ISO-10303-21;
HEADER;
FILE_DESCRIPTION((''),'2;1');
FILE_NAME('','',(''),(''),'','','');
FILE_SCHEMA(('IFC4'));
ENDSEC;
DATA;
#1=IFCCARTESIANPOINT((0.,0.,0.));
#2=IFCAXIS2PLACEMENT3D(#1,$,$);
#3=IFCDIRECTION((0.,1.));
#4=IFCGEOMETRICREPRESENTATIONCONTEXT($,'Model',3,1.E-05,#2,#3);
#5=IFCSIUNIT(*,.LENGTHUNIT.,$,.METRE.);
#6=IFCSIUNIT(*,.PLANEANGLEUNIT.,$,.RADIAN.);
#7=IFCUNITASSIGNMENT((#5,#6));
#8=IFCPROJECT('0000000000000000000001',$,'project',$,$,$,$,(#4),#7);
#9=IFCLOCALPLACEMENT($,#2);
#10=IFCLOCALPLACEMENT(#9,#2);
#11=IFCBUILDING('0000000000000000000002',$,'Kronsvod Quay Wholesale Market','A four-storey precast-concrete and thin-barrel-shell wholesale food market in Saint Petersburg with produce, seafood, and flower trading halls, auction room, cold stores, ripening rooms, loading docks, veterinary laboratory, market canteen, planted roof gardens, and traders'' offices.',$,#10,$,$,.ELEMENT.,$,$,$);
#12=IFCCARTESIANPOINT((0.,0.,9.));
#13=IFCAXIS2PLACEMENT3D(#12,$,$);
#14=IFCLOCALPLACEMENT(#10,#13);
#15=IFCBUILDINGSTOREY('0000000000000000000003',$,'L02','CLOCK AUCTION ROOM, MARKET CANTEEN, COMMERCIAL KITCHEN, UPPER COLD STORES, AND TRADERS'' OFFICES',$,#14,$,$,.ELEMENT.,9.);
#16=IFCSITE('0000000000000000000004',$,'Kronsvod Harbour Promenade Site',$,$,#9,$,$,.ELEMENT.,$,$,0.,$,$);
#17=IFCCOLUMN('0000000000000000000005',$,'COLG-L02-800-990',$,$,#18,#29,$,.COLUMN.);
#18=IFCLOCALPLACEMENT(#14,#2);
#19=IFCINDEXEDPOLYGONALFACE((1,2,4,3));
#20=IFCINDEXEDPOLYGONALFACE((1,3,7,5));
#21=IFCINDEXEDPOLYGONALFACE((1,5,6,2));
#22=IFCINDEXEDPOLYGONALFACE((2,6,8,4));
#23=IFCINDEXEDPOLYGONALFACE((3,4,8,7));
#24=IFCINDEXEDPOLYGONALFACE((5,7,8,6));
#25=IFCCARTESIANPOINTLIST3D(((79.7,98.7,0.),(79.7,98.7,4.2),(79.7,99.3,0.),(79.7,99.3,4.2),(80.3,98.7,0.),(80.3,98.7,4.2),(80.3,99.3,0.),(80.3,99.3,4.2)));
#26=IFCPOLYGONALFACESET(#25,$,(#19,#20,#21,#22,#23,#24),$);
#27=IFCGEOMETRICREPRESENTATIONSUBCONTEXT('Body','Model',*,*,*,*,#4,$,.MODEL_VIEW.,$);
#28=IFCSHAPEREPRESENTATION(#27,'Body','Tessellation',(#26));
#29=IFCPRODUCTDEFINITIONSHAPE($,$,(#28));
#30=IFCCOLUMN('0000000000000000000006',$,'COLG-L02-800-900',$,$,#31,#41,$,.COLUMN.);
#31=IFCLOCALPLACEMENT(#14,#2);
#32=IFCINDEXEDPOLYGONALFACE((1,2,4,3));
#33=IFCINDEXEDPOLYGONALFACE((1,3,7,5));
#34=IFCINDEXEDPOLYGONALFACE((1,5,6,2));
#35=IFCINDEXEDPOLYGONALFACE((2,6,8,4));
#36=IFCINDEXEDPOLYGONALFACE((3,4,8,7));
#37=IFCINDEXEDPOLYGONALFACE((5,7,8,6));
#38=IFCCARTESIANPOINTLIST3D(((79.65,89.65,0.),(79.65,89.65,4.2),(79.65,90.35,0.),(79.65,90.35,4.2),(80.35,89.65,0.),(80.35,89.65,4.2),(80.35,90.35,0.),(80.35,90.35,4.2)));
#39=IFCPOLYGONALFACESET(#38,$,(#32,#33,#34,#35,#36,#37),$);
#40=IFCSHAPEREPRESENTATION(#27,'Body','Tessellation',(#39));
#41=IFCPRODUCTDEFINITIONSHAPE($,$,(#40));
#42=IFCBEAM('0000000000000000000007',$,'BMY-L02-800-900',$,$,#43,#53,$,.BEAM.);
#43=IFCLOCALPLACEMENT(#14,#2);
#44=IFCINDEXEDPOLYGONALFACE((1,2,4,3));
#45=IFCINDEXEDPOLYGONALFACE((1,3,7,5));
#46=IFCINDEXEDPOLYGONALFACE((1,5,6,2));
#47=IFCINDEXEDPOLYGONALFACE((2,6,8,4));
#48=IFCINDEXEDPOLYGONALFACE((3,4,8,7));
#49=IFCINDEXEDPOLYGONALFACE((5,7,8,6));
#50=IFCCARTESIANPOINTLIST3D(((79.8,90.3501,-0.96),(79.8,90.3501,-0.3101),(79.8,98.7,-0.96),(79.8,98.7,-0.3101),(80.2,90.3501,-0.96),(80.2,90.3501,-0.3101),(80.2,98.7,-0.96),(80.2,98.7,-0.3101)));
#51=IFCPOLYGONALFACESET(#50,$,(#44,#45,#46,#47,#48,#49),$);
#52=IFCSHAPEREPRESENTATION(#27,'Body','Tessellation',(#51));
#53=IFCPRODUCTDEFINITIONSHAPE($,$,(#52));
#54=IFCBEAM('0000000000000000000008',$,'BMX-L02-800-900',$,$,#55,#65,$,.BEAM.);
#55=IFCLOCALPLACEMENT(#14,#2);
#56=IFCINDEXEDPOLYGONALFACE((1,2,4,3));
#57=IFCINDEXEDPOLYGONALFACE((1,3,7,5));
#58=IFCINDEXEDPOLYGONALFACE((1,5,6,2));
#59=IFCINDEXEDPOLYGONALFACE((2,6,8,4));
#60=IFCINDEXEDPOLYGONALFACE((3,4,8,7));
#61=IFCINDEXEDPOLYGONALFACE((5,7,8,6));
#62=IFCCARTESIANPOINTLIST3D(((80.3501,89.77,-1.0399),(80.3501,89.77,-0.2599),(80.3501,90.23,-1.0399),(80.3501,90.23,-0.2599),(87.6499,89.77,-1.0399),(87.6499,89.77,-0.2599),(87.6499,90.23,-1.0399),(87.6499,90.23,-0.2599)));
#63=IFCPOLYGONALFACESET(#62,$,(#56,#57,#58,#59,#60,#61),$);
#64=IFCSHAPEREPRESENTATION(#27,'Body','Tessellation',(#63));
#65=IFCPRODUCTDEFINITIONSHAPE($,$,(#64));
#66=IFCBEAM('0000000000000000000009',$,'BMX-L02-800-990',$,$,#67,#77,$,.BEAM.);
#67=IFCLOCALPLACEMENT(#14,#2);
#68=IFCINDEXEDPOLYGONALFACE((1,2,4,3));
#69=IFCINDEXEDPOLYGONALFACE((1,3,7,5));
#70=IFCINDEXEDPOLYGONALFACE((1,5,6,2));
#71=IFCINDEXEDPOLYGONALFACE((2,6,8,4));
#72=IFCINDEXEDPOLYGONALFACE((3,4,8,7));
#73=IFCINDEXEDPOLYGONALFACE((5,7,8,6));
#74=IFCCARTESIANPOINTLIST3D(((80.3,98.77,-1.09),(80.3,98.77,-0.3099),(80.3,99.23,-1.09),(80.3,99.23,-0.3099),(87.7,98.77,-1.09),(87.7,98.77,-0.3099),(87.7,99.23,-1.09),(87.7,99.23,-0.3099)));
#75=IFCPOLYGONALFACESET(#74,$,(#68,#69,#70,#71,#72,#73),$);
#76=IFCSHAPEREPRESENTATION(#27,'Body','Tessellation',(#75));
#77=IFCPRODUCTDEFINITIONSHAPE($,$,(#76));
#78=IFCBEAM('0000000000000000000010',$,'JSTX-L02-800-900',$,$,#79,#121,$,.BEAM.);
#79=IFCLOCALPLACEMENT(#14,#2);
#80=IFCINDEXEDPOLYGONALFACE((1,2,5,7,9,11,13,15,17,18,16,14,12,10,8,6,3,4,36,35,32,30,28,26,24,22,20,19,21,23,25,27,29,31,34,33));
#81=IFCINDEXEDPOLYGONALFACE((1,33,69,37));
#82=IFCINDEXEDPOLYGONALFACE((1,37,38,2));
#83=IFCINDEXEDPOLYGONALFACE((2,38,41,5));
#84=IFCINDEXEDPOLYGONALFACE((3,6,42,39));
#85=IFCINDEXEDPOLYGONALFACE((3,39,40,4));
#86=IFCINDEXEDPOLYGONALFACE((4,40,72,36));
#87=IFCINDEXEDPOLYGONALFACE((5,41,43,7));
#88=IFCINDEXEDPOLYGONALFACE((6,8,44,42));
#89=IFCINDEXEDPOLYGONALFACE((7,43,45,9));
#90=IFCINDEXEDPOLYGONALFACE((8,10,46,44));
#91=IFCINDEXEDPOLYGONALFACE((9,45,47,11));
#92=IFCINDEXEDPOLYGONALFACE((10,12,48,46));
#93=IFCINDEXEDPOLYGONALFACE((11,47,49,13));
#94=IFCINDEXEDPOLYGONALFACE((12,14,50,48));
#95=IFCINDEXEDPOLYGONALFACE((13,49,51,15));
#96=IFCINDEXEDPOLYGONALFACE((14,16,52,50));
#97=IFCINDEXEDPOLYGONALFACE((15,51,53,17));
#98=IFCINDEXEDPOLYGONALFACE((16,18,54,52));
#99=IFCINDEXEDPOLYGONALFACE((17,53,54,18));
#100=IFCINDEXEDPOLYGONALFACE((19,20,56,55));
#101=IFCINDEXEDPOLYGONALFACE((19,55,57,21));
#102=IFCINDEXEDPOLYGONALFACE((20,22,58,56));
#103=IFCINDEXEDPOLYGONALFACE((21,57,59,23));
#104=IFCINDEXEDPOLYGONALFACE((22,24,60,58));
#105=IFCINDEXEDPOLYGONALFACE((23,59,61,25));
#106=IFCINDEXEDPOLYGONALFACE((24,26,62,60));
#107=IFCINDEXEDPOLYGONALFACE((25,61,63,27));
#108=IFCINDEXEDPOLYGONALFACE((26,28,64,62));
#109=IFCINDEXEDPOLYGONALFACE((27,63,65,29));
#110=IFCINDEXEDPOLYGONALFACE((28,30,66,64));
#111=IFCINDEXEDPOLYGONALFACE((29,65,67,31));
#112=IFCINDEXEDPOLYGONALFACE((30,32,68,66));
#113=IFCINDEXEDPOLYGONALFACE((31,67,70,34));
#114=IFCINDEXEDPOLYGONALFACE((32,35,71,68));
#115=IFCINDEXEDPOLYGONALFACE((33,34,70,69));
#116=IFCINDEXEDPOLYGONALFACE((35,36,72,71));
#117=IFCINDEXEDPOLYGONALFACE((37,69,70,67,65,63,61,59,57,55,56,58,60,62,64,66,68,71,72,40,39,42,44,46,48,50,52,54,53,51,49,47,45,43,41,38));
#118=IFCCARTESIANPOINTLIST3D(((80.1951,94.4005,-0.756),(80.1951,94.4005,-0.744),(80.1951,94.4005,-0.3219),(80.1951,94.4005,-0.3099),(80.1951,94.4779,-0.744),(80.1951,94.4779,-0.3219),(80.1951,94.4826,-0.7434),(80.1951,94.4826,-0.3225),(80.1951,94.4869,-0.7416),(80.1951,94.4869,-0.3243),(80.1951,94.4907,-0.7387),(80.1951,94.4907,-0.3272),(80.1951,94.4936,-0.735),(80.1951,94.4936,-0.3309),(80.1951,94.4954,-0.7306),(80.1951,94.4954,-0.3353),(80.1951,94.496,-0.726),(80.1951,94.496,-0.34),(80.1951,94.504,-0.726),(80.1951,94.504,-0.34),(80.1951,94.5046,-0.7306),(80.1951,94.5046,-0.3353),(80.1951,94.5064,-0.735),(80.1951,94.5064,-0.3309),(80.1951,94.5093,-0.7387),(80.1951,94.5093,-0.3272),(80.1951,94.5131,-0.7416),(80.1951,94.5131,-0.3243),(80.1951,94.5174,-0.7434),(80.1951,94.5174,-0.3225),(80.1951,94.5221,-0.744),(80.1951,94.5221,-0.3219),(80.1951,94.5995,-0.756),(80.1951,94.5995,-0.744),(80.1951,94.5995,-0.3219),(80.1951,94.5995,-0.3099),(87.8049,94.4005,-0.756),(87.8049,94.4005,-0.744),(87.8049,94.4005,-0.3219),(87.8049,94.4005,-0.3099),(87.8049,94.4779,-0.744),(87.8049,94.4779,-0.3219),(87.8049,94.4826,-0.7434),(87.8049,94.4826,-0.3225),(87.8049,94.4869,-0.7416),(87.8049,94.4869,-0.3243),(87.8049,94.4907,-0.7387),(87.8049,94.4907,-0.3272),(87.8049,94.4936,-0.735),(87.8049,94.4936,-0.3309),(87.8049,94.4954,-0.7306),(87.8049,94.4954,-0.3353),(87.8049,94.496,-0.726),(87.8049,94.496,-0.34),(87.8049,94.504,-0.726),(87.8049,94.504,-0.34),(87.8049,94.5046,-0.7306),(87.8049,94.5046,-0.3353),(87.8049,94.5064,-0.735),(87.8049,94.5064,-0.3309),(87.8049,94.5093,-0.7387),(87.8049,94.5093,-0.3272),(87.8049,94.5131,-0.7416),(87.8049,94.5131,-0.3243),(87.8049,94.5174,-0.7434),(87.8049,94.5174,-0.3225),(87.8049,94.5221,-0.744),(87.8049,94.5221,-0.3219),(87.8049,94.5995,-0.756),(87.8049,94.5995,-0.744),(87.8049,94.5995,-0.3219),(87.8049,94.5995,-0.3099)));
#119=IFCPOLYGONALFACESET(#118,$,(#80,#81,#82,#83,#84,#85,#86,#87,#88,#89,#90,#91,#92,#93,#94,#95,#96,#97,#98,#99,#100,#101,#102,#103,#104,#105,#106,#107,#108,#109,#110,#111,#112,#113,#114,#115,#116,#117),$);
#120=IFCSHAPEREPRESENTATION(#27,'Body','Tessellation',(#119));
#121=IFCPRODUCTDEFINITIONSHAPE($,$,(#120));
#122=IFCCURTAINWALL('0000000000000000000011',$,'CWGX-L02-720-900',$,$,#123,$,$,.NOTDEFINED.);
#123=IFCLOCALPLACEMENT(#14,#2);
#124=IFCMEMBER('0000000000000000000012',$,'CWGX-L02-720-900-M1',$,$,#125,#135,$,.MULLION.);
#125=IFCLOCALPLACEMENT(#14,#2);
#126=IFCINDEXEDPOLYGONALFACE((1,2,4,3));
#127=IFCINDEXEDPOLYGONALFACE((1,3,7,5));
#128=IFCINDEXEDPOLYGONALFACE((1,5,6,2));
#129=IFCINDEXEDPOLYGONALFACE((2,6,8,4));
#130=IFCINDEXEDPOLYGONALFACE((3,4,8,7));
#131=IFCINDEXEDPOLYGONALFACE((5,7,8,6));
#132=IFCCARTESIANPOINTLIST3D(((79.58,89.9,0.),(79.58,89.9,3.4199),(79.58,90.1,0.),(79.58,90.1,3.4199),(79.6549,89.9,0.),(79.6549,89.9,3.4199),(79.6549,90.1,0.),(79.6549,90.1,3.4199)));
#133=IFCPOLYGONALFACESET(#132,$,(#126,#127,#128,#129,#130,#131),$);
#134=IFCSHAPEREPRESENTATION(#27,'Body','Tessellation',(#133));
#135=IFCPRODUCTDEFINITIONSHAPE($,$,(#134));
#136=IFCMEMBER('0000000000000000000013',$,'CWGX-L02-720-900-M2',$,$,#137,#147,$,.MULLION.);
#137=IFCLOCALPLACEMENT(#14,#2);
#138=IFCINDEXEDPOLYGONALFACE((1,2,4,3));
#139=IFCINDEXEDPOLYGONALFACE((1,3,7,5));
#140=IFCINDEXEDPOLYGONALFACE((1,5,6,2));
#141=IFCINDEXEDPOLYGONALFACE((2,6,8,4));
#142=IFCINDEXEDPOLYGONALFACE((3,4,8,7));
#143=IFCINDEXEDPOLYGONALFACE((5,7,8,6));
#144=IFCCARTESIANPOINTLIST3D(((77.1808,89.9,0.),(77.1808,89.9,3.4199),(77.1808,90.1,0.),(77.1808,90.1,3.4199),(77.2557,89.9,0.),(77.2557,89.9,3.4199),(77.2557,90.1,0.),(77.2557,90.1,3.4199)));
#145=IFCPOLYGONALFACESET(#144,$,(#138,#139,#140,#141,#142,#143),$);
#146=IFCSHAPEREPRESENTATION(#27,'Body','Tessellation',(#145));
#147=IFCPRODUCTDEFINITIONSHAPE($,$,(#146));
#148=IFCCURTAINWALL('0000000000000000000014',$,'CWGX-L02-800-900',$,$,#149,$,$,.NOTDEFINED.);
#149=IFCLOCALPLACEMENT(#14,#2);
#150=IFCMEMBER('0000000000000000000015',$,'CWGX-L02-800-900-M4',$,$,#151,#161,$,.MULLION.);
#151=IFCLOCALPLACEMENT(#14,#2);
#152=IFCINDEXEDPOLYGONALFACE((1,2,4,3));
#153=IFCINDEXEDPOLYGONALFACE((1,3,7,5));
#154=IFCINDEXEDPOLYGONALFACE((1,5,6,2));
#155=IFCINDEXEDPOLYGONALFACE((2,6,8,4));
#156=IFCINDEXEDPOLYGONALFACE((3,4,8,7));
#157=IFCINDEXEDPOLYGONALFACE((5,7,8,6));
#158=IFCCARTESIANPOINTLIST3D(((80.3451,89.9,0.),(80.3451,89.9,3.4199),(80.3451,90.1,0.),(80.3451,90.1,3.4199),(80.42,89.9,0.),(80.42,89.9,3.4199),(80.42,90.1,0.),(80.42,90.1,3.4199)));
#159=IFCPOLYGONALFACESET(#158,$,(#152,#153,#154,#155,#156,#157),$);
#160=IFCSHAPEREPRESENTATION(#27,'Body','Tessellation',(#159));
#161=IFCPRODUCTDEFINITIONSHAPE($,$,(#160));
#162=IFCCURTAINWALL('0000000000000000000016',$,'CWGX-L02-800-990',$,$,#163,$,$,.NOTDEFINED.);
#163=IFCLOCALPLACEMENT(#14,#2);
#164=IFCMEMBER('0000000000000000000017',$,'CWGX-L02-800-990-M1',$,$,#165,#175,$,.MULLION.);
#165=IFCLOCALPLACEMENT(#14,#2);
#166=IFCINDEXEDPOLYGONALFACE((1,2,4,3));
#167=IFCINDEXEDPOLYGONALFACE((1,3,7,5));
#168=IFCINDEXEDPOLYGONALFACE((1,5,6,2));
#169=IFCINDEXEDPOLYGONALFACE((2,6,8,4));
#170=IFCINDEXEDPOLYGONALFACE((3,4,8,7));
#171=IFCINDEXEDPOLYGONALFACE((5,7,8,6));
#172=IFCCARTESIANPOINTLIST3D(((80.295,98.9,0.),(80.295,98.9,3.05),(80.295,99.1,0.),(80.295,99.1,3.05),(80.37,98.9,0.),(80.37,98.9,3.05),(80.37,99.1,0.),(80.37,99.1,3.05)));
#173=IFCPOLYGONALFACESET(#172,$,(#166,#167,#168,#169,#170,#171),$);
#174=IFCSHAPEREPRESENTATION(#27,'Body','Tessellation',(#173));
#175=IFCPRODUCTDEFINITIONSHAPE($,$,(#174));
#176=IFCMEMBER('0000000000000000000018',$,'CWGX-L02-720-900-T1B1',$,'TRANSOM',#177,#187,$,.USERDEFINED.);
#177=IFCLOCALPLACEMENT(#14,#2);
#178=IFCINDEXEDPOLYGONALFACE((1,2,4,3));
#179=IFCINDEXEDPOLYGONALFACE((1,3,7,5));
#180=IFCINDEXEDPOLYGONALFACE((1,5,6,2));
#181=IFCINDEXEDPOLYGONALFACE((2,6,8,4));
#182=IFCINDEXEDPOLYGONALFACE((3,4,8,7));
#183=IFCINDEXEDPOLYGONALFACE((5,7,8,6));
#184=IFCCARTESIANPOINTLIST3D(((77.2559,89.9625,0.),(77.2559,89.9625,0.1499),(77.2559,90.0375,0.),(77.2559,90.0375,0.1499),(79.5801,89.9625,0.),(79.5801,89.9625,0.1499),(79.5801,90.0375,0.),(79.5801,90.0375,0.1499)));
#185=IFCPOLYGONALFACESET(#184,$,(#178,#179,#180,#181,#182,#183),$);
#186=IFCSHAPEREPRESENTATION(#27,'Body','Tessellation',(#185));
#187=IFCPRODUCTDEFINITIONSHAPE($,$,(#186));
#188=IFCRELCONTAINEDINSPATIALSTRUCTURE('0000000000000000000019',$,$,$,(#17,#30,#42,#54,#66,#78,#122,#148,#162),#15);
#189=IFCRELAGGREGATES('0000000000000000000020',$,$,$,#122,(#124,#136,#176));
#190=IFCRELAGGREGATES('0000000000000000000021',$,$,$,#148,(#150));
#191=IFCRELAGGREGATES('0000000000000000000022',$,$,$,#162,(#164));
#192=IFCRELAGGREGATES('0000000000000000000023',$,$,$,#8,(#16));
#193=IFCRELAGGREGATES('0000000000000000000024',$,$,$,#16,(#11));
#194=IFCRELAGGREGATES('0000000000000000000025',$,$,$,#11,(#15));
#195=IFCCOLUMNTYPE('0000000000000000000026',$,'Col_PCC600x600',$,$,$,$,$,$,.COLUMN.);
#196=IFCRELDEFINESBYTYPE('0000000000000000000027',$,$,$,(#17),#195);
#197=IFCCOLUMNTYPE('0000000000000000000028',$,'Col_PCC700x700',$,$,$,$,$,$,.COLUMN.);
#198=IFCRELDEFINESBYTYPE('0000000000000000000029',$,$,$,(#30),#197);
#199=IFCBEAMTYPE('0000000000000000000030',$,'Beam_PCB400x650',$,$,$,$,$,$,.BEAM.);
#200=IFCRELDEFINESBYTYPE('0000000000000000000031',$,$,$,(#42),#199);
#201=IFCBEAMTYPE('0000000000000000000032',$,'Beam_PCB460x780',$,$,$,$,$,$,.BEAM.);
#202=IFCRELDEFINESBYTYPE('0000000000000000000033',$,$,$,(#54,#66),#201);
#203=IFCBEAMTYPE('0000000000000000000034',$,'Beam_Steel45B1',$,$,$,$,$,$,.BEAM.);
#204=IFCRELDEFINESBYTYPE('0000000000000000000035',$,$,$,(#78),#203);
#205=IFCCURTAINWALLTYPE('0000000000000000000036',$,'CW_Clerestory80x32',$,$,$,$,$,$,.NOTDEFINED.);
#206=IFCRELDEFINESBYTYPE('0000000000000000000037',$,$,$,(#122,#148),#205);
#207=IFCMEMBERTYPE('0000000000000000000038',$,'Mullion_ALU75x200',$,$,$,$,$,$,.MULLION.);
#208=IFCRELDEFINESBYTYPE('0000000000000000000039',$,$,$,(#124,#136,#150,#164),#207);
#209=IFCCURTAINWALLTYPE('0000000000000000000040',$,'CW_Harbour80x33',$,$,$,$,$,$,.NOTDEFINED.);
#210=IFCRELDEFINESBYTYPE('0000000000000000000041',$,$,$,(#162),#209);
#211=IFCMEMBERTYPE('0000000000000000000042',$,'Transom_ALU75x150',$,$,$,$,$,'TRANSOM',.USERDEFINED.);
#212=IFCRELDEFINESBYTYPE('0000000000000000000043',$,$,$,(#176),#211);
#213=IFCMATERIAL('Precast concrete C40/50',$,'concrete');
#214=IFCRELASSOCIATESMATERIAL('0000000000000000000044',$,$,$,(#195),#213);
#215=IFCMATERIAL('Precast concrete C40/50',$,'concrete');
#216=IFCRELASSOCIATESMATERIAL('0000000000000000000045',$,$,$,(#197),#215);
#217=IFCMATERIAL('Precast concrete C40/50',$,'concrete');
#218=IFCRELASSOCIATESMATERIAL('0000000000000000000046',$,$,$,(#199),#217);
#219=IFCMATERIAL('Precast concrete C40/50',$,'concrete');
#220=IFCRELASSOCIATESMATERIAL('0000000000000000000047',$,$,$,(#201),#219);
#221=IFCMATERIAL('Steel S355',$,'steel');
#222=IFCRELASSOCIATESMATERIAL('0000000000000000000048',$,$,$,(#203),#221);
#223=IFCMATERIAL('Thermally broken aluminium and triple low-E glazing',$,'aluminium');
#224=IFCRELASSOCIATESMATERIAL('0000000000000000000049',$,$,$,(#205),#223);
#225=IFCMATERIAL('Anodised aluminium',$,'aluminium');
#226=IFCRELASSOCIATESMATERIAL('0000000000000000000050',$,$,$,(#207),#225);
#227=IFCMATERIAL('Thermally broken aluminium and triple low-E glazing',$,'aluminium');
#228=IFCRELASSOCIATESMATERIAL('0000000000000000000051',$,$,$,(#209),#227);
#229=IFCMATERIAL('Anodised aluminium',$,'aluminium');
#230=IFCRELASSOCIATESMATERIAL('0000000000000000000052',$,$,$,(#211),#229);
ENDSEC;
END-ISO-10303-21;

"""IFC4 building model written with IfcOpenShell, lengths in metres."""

from ifc_helpers import new_model, si_unit, direction, frame, origin, origin_2d, place, context, subcontext, project, spatial, rectangle, i_section, extrude, material, material_profile, profile_set, type_object, element, aggregate, save


model = new_model("IFC4")

# Units and contexts
model_context = context("Model", 3, precision=1e-05, world=origin(), true_north=direction((0.0, 1.0)))
body_context = subcontext(model_context, "Body", "Model", "MODEL_VIEW")
ifc_project = project(units=[si_unit("LENGTHUNIT", "METRE"), si_unit("PLANEANGLEUNIT", "RADIAN")], contexts=[model_context])

# Site, building, storey
site_placement = place(None, origin())
site = spatial("IfcSite", under=ifc_project, at=site_placement, Name="Kronsvod Harbour Promenade Site", CompositionType="ELEMENT", RefElevation=0.0)
building_placement = place(site_placement, origin())
building = spatial("IfcBuilding", under=site, at=building_placement, Name="Kronsvod Quay Wholesale Market", Description="A four-storey precast-concrete and thin-barrel-shell wholesale food market in Saint Petersburg with produce, seafood, and flower trading halls, auction room, cold stores, ripening rooms, loading docks, veterinary laboratory, market canteen, planted roof gardens, and traders' offices.", CompositionType="ELEMENT")
storey_placement = place(building_placement, frame((0.0, 0.0, 9.0)))
storey = spatial("IfcBuildingStorey", under=building, at=storey_placement, Name="L02", Description="CLOCK AUCTION ROOM, MARKET CANTEEN, COMMERCIAL KITCHEN, UPPER COLD STORES, AND TRADERS' OFFICES", CompositionType="ELEMENT", Elevation=9.0)

# Columns
ifc_material_1 = material(Name="Precast concrete C40/50", Category="concrete")
ifc_material_profile_1 = material_profile(ifc_material_1, rectangle(XDim=0.6001, YDim=0.6001, at=origin_2d()), Name="PCC600x600")
ifc_profile_set_1 = profile_set([ifc_material_profile_1], Name="Precast concrete C40/50")
column_type_1 = type_object("IfcColumnType", Name="Col_PCC600x600", PredefinedType="COLUMN", material=ifc_profile_set_1)
column_1_placement = place(storey_placement, frame((80.0, 99.0, 0.0), z_axis=(0.0, 0.0, 1.0), x_axis=(1.0, 0.0, 0.0)))
element("IfcColumn", 1, at=column_1_placement, inside=storey, type_object=column_type_1, Name="COLG-L02-800-990", PredefinedType="COLUMN", context=body_context, shape_type="SweptSolid", body=[
    extrude(rectangle(XDim=0.6001, YDim=0.6001, at=origin_2d()), origin(), (0.0, 0.0, 1.0), 4.2),
])
ifc_material_2 = material(Name="Precast concrete C40/50", Category="concrete")
ifc_material_profile_2 = material_profile(ifc_material_2, rectangle(XDim=0.7, YDim=0.7, at=origin_2d()), Name="PCC700x700")
ifc_profile_set_2 = profile_set([ifc_material_profile_2], Name="Precast concrete C40/50")
column_type_2 = type_object("IfcColumnType", Name="Col_PCC700x700", PredefinedType="COLUMN", material=ifc_profile_set_2)
column_2_placement = place(storey_placement, frame((80.0, 90.0, 0.0), z_axis=(0.0, 0.0, 1.0), x_axis=(1.0, 0.0, 0.0)))
element("IfcColumn", 2, at=column_2_placement, inside=storey, type_object=column_type_2, Name="COLG-L02-800-900", PredefinedType="COLUMN", context=body_context, shape_type="SweptSolid", body=[
    extrude(rectangle(XDim=0.7, YDim=0.7, at=origin_2d()), origin(), (0.0, 0.0, 1.0), 4.2),
])

# Beams
ifc_material_3 = material(Name="Precast concrete C40/50", Category="concrete")
ifc_material_profile_3 = material_profile(ifc_material_3, rectangle(XDim=0.3999, YDim=0.6499, at=origin_2d()), Name="PCB400x650")
ifc_profile_set_3 = profile_set([ifc_material_profile_3], Name="Precast concrete C40/50")
beam_type_1 = type_object("IfcBeamType", Name="Beam_PCB400x650", PredefinedType="BEAM", material=ifc_profile_set_3)
beam_1_placement = place(storey_placement, frame((80.0, 90.3501, -0.635), z_axis=(0.0, 1.0, 0.0), x_axis=(-1.0, 0.0, 0.0)))
element("IfcBeam", 3, at=beam_1_placement, inside=storey, type_object=beam_type_1, Name="BMY-L02-800-900", PredefinedType="BEAM", context=body_context, shape_type="SweptSolid", body=[
    extrude(rectangle(XDim=0.3999, YDim=0.6499, at=origin_2d()), origin(), (0.0, 0.0, 1.0), 8.3499),
])
ifc_material_4 = material(Name="Precast concrete C40/50", Category="concrete")
ifc_material_profile_4 = material_profile(ifc_material_4, rectangle(XDim=0.46, YDim=0.78, at=origin_2d()), Name="PB-03")
ifc_profile_set_4 = profile_set([ifc_material_profile_4], Name="Precast concrete C40/50")
beam_type_2 = type_object("IfcBeamType", Name="Beam_PCB460x780", PredefinedType="BEAM", material=ifc_profile_set_4)
beam_2_placement = place(storey_placement, frame((80.3501, 90.0, -0.6499), z_axis=(1.0, 0.0, 0.0), x_axis=(0.0, 1.0, 0.0)))
element("IfcBeam", 4, at=beam_2_placement, inside=storey, type_object=beam_type_2, Name="BMX-L02-800-900", PredefinedType="BEAM", context=body_context, shape_type="SweptSolid", body=[
    extrude(rectangle(XDim=0.46, YDim=0.78, at=origin_2d()), origin(), (0.0, 0.0, 1.0), 7.2998),
])
beam_3_placement = place(storey_placement, frame((80.3, 99.0, -0.7), z_axis=(1.0, 0.0, 0.0), x_axis=(0.0, 1.0, 0.0)))
element("IfcBeam", 5, at=beam_3_placement, inside=storey, type_object=beam_type_2, Name="BMX-L02-800-990", PredefinedType="BEAM", context=body_context, shape_type="SweptSolid", body=[
    extrude(rectangle(XDim=0.46, YDim=0.78, at=origin_2d()), origin(), (0.0, 0.0, 1.0), 7.3999),
])
ifc_material_5 = material(Name="Steel S355", Category="steel")
ifc_material_profile_5 = material_profile(ifc_material_5, i_section(OverallWidth=0.199, OverallDepth=0.446, WebThickness=0.0081, FlangeThickness=0.012, FilletRadius=0.0181, at=origin_2d()), Name="45B1")
ifc_profile_set_5 = profile_set([ifc_material_profile_5], Name="Steel S355")
beam_type_3 = type_object("IfcBeamType", Name="Beam_Steel45B1", PredefinedType="BEAM", material=ifc_profile_set_5)
beam_4_placement = place(storey_placement, frame((80.1951, 94.5, -0.533), z_axis=(1.0, 0.0, 0.0), x_axis=(0.0, 1.0, 0.0)))
element("IfcBeam", 6, at=beam_4_placement, inside=storey, type_object=beam_type_3, Name="JSTX-L02-800-900", PredefinedType="BEAM", context=body_context, shape_type="SweptSolid", body=[
    extrude(i_section(OverallWidth=0.199, OverallDepth=0.446, WebThickness=0.0081, FlangeThickness=0.012, FilletRadius=0.0181, at=origin_2d()), origin(), (0.0, 0.0, 1.0), 7.6099),
])

# Curtain wall, members
ifc_material_6 = material(Name="Thermally broken aluminium and triple low-E glazing", Category="aluminium")
curtain_wall_type_1 = type_object("IfcCurtainWallType", Name="CW_Clerestory80x32", PredefinedType="NOTDEFINED", material=ifc_material_6)
curtain_wall_1_placement = place(storey_placement, origin())
curtain_wall_1 = element("IfcCurtainWall", 7, at=curtain_wall_1_placement, inside=storey, type_object=curtain_wall_type_1, Name="CWGX-L02-720-900", PredefinedType="NOTDEFINED")
ifc_material_7 = material(Name="Anodised aluminium", Category="aluminium")
ifc_material_profile_6 = material_profile(ifc_material_7, rectangle(XDim=0.075, YDim=0.2, at=origin_2d()), Name="ALUM75x200")
ifc_profile_set_6 = profile_set([ifc_material_profile_6], Name="Anodised aluminium")
member_type_1 = type_object("IfcMemberType", Name="Mullion_ALU75x200", PredefinedType="MULLION", material=ifc_profile_set_6)
member_1_placement = place(storey_placement, frame((79.6174, 90.0, 0.0), z_axis=(0.0, 0.0, 1.0), x_axis=(1.0, 0.0, 0.0)))
member_1 = element("IfcMember", 8, at=member_1_placement, type_object=member_type_1, Name="CWGX-L02-720-900-M1", PredefinedType="MULLION", context=body_context, shape_type="SweptSolid", body=[
    extrude(rectangle(XDim=0.075, YDim=0.2, at=origin_2d()), origin(), (0.0, 0.0, 1.0), 3.4199),
])
member_2_placement = place(storey_placement, frame((77.2183, 90.0, 0.0), z_axis=(0.0, 0.0, 1.0), x_axis=(1.0, 0.0, 0.0)))
member_2 = element("IfcMember", 9, at=member_2_placement, type_object=member_type_1, Name="CWGX-L02-720-900-M2", PredefinedType="MULLION", context=body_context, shape_type="SweptSolid", body=[
    extrude(rectangle(XDim=0.075, YDim=0.2, at=origin_2d()), origin(), (0.0, 0.0, 1.0), 3.4199),
])

# Curtain walls, members
curtain_wall_2_placement = place(storey_placement, origin())
curtain_wall_2 = element("IfcCurtainWall", 10, at=curtain_wall_2_placement, inside=storey, type_object=curtain_wall_type_1, Name="CWGX-L02-800-900", PredefinedType="NOTDEFINED")
member_3_placement = place(storey_placement, frame((80.3826, 90.0, 0.0), z_axis=(0.0, 0.0, 1.0), x_axis=(1.0, 0.0, 0.0)))
member_3 = element("IfcMember", 11, at=member_3_placement, type_object=member_type_1, Name="CWGX-L02-800-900-M4", PredefinedType="MULLION", context=body_context, shape_type="SweptSolid", body=[
    extrude(rectangle(XDim=0.075, YDim=0.2, at=origin_2d()), origin(), (0.0, 0.0, 1.0), 3.4199),
])
ifc_material_8 = material(Name="Thermally broken aluminium and triple low-E glazing", Category="aluminium")
curtain_wall_type_2 = type_object("IfcCurtainWallType", Name="CW_Harbour80x33", PredefinedType="NOTDEFINED", material=ifc_material_8)
curtain_wall_3_placement = place(storey_placement, origin())
curtain_wall_3 = element("IfcCurtainWall", 12, at=curtain_wall_3_placement, inside=storey, type_object=curtain_wall_type_2, Name="CWGX-L02-800-990", PredefinedType="NOTDEFINED")
member_4_placement = place(storey_placement, frame((80.3325, 99.0, 0.0), z_axis=(0.0, 0.0, 1.0), x_axis=(1.0, 0.0, 0.0)))
member_4 = element("IfcMember", 13, at=member_4_placement, type_object=member_type_1, Name="CWGX-L02-800-990-M1", PredefinedType="MULLION", context=body_context, shape_type="SweptSolid", body=[
    extrude(rectangle(XDim=0.075, YDim=0.2, at=origin_2d()), origin(), (0.0, 0.0, 1.0), 3.05),
])

# Member
ifc_material_9 = material(Name="Anodised aluminium", Category="aluminium")
ifc_material_profile_7 = material_profile(ifc_material_9, rectangle(XDim=0.075, YDim=0.1499, at=origin_2d()), Name="ALUT75x150")
ifc_profile_set_7 = profile_set([ifc_material_profile_7], Name="Anodised aluminium")
member_type_2 = type_object("IfcMemberType", Name="Transom_ALU75x150", ElementType="TRANSOM", PredefinedType="USERDEFINED", material=ifc_profile_set_7)
member_5_placement = place(storey_placement, frame((79.5801, 90.0, 0.075), z_axis=(-1.0, 0.0, 0.0), x_axis=(0.0, -1.0, 0.0)))
member_5 = element("IfcMember", 14, at=member_5_placement, type_object=member_type_2, Name="CWGX-L02-720-900-T1B1", ObjectType="TRANSOM", PredefinedType="USERDEFINED", context=body_context, shape_type="SweptSolid", body=[
    extrude(rectangle(XDim=0.075, YDim=0.1499, at=origin_2d()), origin(), (0.0, 0.0, 1.0), 2.3242),
])

aggregate(curtain_wall_1, [member_1, member_2, member_5])
aggregate(curtain_wall_2, [member_3])
aggregate(curtain_wall_3, [member_4])

save(model, "model.ifc")
